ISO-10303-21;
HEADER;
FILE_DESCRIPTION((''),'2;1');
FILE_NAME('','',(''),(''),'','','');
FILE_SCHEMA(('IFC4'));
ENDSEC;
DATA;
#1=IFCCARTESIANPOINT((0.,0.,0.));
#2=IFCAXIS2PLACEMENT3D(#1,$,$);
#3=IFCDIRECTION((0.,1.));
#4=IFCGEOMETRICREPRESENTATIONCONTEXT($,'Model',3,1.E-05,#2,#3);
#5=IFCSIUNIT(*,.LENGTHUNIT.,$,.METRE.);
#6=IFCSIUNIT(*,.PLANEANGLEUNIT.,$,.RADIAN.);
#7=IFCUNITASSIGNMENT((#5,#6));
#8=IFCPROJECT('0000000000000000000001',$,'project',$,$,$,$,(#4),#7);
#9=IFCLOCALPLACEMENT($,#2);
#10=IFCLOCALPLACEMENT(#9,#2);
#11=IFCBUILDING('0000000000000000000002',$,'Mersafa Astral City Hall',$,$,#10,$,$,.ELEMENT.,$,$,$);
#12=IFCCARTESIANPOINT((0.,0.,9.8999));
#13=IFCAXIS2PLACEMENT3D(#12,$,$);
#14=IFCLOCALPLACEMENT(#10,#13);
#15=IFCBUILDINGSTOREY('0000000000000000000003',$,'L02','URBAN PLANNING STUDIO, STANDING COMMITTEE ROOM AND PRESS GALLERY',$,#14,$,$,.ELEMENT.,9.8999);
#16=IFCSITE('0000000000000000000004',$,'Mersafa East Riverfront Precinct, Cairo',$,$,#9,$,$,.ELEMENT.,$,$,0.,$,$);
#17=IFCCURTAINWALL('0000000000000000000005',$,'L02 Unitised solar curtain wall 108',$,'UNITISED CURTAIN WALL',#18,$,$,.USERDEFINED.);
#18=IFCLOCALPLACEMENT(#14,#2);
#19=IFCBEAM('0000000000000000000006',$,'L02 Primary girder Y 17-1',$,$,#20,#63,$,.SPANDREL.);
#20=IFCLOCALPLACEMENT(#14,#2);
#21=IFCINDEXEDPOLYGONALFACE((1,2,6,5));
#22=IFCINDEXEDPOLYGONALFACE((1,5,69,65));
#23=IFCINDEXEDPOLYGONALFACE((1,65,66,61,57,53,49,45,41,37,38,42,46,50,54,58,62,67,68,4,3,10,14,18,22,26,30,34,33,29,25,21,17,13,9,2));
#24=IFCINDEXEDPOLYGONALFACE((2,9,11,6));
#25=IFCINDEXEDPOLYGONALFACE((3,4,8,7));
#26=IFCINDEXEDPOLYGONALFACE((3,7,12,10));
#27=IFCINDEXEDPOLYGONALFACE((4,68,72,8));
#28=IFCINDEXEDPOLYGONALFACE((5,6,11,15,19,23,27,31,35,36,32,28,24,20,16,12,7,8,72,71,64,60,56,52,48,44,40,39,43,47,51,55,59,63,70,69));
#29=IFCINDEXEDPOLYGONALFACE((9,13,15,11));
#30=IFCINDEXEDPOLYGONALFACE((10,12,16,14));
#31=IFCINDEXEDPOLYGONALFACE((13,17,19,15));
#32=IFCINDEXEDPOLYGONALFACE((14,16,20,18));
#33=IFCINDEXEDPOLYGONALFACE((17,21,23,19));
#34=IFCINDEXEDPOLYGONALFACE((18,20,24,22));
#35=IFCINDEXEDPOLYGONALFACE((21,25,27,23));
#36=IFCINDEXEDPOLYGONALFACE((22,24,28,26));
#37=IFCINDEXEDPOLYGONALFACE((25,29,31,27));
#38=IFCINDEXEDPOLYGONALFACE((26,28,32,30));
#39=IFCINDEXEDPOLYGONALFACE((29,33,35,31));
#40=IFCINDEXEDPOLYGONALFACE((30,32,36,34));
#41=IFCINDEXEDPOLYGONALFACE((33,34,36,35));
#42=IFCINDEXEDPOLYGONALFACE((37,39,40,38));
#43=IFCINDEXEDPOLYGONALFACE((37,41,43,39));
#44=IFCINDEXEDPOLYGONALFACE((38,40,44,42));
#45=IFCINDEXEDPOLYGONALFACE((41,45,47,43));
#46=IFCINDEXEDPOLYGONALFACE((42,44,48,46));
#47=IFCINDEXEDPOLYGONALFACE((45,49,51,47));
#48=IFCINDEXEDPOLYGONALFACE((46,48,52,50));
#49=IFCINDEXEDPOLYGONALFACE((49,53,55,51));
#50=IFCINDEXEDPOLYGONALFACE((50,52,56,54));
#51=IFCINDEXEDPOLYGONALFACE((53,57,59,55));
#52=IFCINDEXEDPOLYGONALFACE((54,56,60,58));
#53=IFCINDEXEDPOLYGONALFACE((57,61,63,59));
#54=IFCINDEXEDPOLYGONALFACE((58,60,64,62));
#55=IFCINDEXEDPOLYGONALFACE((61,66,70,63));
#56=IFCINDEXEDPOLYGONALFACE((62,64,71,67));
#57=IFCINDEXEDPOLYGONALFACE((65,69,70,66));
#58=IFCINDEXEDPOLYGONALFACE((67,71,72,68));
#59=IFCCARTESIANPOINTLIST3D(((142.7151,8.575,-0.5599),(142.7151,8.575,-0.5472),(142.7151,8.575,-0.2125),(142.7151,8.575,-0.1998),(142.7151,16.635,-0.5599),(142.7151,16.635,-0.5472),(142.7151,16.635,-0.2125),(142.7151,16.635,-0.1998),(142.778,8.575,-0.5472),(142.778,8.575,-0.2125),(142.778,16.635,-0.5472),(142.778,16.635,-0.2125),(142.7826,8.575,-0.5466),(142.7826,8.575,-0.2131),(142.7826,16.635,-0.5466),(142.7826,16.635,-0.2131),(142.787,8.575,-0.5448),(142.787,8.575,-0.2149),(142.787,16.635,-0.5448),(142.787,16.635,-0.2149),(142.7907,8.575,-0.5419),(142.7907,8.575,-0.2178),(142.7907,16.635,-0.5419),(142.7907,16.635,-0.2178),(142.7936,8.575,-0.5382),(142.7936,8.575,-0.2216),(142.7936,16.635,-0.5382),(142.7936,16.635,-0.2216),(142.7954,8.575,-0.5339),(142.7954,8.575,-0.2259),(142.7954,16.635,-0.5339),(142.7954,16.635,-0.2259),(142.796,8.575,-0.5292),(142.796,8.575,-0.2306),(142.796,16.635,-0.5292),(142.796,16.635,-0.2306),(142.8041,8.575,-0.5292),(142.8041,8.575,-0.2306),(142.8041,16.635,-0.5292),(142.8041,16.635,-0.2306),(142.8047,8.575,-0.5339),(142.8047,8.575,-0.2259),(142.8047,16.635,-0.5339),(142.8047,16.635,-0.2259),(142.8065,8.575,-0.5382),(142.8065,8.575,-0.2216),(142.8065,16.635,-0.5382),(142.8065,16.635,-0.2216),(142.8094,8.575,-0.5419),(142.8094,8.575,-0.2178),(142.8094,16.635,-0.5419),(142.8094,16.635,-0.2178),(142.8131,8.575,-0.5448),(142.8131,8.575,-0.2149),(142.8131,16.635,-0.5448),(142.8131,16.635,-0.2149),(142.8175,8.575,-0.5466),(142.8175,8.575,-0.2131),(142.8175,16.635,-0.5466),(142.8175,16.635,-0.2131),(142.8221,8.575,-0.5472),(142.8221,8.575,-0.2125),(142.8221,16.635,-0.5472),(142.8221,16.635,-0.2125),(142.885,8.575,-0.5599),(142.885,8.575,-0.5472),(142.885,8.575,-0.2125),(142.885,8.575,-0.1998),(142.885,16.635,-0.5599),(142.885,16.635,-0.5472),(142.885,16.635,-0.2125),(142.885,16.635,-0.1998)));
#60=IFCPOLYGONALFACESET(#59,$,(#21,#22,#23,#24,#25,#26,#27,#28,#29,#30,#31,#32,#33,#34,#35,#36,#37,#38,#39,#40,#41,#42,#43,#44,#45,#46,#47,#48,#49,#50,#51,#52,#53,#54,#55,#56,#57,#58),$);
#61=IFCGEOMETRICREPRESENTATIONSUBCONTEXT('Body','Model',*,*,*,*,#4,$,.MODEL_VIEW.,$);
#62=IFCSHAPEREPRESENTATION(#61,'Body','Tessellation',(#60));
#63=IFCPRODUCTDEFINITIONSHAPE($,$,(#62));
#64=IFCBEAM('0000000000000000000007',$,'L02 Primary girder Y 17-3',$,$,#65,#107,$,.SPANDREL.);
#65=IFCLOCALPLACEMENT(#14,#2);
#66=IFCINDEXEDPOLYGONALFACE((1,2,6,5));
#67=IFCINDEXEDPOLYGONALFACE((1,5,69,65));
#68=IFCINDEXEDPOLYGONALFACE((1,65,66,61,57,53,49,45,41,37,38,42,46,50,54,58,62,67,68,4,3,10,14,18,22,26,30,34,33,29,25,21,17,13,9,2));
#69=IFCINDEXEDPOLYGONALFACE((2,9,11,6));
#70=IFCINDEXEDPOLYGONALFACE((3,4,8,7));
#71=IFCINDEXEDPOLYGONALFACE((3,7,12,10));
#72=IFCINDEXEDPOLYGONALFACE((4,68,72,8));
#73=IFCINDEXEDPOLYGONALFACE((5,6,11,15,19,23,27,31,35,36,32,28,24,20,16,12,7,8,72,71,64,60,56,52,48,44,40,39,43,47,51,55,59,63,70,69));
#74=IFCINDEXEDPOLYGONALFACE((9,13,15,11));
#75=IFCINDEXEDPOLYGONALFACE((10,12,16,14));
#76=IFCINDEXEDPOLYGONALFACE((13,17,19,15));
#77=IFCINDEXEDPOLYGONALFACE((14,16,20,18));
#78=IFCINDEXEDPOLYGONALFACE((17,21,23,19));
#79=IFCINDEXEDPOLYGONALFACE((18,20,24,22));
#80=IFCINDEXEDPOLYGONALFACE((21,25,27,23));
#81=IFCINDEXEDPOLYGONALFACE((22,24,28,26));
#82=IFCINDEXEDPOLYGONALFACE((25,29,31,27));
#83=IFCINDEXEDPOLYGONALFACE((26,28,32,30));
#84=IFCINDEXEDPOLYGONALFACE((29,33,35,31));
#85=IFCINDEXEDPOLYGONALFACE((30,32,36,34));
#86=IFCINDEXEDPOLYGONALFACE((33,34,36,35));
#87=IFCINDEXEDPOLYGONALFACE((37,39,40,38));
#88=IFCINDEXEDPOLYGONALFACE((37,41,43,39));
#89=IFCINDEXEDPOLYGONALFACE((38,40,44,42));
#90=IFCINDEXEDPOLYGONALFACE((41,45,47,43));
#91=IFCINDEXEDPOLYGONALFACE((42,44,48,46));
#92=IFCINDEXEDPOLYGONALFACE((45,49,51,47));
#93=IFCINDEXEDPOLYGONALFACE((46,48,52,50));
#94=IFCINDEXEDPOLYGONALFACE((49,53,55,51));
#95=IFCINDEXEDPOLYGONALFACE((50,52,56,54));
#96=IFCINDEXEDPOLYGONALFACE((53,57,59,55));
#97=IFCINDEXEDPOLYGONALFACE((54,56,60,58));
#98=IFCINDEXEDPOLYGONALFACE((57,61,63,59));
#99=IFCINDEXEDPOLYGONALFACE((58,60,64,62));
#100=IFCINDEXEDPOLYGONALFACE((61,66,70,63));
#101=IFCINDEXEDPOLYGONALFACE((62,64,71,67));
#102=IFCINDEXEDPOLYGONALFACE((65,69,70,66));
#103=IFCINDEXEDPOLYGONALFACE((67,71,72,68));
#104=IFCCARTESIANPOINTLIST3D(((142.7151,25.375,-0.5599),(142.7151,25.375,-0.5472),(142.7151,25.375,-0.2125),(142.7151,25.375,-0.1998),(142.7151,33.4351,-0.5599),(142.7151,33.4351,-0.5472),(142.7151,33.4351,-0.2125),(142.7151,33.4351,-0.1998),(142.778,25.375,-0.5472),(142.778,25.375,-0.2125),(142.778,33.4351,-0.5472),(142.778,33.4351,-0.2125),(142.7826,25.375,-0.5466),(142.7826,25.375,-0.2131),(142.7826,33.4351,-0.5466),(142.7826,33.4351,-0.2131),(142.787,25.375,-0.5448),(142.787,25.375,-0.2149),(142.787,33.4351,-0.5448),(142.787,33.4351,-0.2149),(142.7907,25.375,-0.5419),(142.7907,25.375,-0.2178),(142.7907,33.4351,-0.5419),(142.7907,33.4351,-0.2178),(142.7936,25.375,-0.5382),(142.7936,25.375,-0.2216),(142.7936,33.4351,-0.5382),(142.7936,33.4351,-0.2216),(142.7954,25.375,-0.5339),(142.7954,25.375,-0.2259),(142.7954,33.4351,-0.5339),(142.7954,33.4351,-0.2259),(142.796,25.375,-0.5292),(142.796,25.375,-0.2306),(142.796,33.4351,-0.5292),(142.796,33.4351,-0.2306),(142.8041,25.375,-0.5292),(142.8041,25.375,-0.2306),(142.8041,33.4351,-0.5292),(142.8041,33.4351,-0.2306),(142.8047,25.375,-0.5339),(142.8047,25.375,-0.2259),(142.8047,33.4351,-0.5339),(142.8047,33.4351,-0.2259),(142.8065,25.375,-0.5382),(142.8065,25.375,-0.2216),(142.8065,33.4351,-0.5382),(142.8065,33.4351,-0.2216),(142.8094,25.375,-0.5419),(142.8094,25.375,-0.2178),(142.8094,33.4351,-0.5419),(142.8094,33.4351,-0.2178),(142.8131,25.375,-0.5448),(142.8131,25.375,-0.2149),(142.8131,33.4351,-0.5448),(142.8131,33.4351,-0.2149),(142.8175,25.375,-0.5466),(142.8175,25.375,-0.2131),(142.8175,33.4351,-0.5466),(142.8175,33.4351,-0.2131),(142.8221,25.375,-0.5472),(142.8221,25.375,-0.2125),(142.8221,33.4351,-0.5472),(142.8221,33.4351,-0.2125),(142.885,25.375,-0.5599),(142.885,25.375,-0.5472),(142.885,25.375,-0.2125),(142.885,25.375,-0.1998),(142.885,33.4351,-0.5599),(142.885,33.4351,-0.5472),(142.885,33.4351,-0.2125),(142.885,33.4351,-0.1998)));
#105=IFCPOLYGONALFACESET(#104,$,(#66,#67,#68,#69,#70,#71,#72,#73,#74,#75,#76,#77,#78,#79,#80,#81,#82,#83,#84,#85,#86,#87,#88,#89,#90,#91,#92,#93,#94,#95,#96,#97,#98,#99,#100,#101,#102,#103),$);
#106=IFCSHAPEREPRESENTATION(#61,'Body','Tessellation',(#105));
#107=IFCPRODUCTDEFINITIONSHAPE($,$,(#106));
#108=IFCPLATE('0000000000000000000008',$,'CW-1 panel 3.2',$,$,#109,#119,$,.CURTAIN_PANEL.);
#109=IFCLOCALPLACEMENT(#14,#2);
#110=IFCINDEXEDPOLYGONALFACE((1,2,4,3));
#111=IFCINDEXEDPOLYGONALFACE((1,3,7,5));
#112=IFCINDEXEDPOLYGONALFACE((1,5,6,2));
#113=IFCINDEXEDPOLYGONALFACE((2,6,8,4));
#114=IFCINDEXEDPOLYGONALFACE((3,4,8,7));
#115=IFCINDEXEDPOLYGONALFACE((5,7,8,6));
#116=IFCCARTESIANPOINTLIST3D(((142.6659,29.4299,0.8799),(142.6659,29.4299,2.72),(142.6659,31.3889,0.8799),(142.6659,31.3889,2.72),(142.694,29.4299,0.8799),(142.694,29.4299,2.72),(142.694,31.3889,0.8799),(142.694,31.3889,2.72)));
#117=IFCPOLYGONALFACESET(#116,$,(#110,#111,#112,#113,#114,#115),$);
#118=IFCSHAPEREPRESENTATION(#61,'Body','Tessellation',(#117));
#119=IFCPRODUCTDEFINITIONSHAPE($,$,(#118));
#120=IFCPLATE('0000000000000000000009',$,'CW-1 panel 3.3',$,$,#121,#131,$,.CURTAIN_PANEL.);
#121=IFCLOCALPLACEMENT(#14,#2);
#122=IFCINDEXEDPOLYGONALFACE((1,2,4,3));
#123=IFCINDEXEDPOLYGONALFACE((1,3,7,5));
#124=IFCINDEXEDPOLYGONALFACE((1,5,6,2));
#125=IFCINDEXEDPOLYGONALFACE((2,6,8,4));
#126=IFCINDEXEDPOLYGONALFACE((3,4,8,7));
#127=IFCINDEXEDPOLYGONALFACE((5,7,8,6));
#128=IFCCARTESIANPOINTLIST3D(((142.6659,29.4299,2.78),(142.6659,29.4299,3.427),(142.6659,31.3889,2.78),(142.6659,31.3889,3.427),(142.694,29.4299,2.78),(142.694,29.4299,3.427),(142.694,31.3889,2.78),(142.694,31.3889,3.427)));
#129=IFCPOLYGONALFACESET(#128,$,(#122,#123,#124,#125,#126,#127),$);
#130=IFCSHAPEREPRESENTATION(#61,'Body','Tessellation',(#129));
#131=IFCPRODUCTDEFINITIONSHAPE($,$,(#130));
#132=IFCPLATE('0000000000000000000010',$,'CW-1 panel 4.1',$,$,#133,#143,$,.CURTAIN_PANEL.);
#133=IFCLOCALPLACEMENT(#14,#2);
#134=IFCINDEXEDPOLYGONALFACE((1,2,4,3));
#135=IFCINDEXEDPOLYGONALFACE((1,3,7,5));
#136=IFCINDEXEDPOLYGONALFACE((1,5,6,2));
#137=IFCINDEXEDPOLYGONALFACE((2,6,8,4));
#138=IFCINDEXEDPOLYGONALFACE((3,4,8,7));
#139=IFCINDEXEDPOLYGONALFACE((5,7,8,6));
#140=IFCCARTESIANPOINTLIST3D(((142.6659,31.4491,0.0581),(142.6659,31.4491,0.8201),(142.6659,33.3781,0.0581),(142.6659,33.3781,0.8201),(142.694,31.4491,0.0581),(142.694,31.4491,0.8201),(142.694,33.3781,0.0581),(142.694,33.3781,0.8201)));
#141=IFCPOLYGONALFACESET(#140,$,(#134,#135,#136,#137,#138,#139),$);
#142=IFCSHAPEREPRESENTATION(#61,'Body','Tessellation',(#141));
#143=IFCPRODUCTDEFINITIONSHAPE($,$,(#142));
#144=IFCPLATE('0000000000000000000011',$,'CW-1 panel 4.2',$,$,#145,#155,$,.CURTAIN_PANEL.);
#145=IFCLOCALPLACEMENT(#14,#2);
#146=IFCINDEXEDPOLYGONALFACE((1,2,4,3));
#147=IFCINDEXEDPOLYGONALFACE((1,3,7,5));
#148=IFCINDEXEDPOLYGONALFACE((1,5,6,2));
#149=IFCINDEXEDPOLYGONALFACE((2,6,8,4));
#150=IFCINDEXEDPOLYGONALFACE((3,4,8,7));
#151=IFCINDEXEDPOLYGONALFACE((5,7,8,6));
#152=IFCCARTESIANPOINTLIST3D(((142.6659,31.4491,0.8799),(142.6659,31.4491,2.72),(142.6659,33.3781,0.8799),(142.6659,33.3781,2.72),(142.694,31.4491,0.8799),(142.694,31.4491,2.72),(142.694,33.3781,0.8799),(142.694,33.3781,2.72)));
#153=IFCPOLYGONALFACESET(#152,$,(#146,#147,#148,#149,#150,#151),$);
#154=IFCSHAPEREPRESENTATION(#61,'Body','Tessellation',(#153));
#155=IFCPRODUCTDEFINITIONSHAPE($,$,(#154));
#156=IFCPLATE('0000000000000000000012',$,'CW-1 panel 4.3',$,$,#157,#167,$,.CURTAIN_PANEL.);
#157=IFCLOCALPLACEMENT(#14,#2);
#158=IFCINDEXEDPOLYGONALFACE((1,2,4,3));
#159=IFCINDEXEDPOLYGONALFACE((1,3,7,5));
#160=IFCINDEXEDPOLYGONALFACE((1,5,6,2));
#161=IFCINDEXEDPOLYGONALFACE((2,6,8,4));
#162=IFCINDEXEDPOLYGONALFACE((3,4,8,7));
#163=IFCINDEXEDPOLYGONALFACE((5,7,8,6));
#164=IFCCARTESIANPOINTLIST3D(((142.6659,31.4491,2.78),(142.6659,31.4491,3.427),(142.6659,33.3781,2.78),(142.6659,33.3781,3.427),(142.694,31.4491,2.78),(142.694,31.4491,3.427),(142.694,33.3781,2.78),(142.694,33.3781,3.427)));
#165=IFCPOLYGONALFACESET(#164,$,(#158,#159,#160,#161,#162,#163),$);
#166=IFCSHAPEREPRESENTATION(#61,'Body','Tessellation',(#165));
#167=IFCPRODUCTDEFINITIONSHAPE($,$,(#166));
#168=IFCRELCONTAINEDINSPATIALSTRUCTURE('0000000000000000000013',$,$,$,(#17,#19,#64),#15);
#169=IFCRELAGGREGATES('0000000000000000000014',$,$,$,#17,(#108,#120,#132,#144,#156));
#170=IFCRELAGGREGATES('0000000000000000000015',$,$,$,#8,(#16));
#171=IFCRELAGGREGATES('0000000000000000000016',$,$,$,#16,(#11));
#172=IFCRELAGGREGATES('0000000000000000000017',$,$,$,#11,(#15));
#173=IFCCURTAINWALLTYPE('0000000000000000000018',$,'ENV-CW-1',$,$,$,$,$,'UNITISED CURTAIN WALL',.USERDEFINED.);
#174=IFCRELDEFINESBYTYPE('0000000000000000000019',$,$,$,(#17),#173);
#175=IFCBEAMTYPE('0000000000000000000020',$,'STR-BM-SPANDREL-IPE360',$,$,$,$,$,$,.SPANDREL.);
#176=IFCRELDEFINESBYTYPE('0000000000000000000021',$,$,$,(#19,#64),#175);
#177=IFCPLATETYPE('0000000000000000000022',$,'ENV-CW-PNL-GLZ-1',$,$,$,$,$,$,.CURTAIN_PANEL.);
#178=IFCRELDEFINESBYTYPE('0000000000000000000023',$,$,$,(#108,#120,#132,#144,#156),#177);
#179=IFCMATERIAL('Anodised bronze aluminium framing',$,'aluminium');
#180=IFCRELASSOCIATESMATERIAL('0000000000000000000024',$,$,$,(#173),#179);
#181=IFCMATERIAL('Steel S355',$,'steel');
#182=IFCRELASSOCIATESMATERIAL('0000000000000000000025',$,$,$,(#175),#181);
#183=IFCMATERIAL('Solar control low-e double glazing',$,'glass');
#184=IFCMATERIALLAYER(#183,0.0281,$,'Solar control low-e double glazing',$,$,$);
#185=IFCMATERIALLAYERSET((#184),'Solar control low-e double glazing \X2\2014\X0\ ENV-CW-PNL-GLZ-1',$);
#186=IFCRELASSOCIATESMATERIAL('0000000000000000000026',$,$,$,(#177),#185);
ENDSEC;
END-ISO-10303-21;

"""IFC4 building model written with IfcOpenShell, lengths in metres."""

from ifc_helpers import new_model, si_unit, direction, frame, origin, origin_2d, place, context, subcontext, project, spatial, rectangle, i_section, extrude, material, layer, layer_set, material_profile, profile_set, type_object, element, aggregate, save


model = new_model("IFC4")

# Units and contexts
model_context = context("Model", 3, precision=1e-05, world=origin(), true_north=direction((0.0, 1.0)))
body_context = subcontext(model_context, "Body", "Model", "MODEL_VIEW")
ifc_project = project(units=[si_unit("LENGTHUNIT", "METRE"), si_unit("PLANEANGLEUNIT", "RADIAN")], contexts=[model_context])

# Site, building, storey
site_placement = place(None, origin())
site = spatial("IfcSite", under=ifc_project, at=site_placement, Name="Mersafa East Riverfront Precinct, Cairo", CompositionType="ELEMENT", RefElevation=0.0)
building_placement = place(site_placement, origin())
building = spatial("IfcBuilding", under=site, at=building_placement, Name="Mersafa Astral City Hall", CompositionType="ELEMENT")
storey_placement = place(building_placement, frame((0.0, 0.0, 9.8999)))
storey = spatial("IfcBuildingStorey", under=building, at=storey_placement, Name="L02", Description="URBAN PLANNING STUDIO, STANDING COMMITTEE ROOM AND PRESS GALLERY", CompositionType="ELEMENT", Elevation=9.8999)

# Shared definitions
ifc_material_1 = material(Name="Steel S355", Category="steel")

# Curtain wall
ifc_material_2 = material(Name="Anodised bronze aluminium framing", Category="aluminium")
curtain_wall_type = type_object("IfcCurtainWallType", Name="ENV-CW-1", ElementType="UNITISED CURTAIN WALL", PredefinedType="USERDEFINED", material=ifc_material_2)
curtain_wall_placement = place(storey_placement, origin())
curtain_wall = element("IfcCurtainWall", 1, at=curtain_wall_placement, inside=storey, type_object=curtain_wall_type, Name="L02 Unitised solar curtain wall 108", ObjectType="UNITISED CURTAIN WALL", PredefinedType="USERDEFINED")

# Beams
ifc_material_profile_1 = material_profile(ifc_material_1, i_section(OverallWidth=0.1699, OverallDepth=0.3601, WebThickness=0.0081, FlangeThickness=0.0127, FilletRadius=0.0181, at=origin_2d()), Name="IPE 360")
ifc_profile_set_1 = profile_set([ifc_material_profile_1], Name="Steel S355")
beam_type_1 = type_object("IfcBeamType", Name="STR-BM-SPANDREL-IPE360", PredefinedType="SPANDREL", material=ifc_profile_set_1)
for number, where, z_axis, x_axis, name in (
    (2, (142.8, 8.575, -0.3799), (0.0, 1.0, 0.0), (-1.0, 0.0, 0.0), "L02 Primary girder Y 17-1"),
    (3, (142.8, 25.375, -0.3799), (0.0, 1.0, 0.0), (-1.0, 0.0, 0.0), "L02 Primary girder Y 17-3"),
):
    element("IfcBeam", number, at=place(storey_placement, frame(where, z_axis=z_axis, x_axis=x_axis)), inside=storey, type_object=beam_type_1, Name=name, PredefinedType="SPANDREL", context=body_context, shape_type="SweptSolid", body=[
        extrude(i_section(OverallWidth=0.1699, OverallDepth=0.3601, WebThickness=0.0081, FlangeThickness=0.0127, FilletRadius=0.0181, at=origin_2d()), origin(), (0.0, 0.0, 1.0), 8.0601),
    ])

# Plates
ifc_material_3 = material(Name="Solar control low-e double glazing", Category="glass")
ifc_layer_1 = layer(ifc_material_3, 0.0281, Name="Solar control low-e double glazing")
ifc_layer_set_1 = layer_set([ifc_layer_1], Name="Solar control low-e double glazing — ENV-CW-PNL-GLZ-1")
plate_type = type_object("IfcPlateType", Name="ENV-CW-PNL-GLZ-1", PredefinedType="CURTAIN_PANEL", material=ifc_layer_set_1)
plate_1_placement = place(storey_placement, frame((142.6799, 30.4094, 0.8799), z_axis=(0.0, 0.0, 1.0), x_axis=(0.0, 1.0, 0.0)))
plate_1 = element("IfcPlate", 4, at=plate_1_placement, type_object=plate_type, Name="CW-1 panel 3.2", PredefinedType="CURTAIN_PANEL", context=body_context, shape_type="SweptSolid", body=[
    extrude(rectangle(XDim=1.959, YDim=0.0281, at=origin_2d()), origin(), (0.0, 0.0, 1.0), 1.8401),
])
plate_2_placement = place(storey_placement, frame((142.6799, 30.4094, 2.78), z_axis=(0.0, 0.0, 1.0), x_axis=(0.0, 1.0, 0.0)))
plate_2 = element("IfcPlate", 5, at=plate_2_placement, type_object=plate_type, Name="CW-1 panel 3.3", PredefinedType="CURTAIN_PANEL", context=body_context, shape_type="SweptSolid", body=[
    extrude(rectangle(XDim=1.959, YDim=0.0281, at=origin_2d()), origin(), (0.0, 0.0, 1.0), 0.647),
])
plate_3_placement = place(storey_placement, frame((142.6799, 32.4136, 0.0581), z_axis=(0.0, 0.0, 1.0), x_axis=(0.0, 1.0, 0.0)))
plate_3 = element("IfcPlate", 6, at=plate_3_placement, type_object=plate_type, Name="CW-1 panel 4.1", PredefinedType="CURTAIN_PANEL", context=body_context, shape_type="SweptSolid", body=[
    extrude(rectangle(XDim=1.929, YDim=0.0281, at=origin_2d()), origin(), (0.0, 0.0, 1.0), 0.762),
])
plate_4_placement = place(storey_placement, frame((142.6799, 32.4136, 0.8799), z_axis=(0.0, 0.0, 1.0), x_axis=(0.0, 1.0, 0.0)))
plate_4 = element("IfcPlate", 7, at=plate_4_placement, type_object=plate_type, Name="CW-1 panel 4.2", PredefinedType="CURTAIN_PANEL", context=body_context, shape_type="SweptSolid", body=[
    extrude(rectangle(XDim=1.929, YDim=0.0281, at=origin_2d()), origin(), (0.0, 0.0, 1.0), 1.8401),
])
plate_5_placement = place(storey_placement, frame((142.6799, 32.4136, 2.78), z_axis=(0.0, 0.0, 1.0), x_axis=(0.0, 1.0, 0.0)))
plate_5 = element("IfcPlate", 8, at=plate_5_placement, type_object=plate_type, Name="CW-1 panel 4.3", PredefinedType="CURTAIN_PANEL", context=body_context, shape_type="SweptSolid", body=[
    extrude(rectangle(XDim=1.929, YDim=0.0281, at=origin_2d()), origin(), (0.0, 0.0, 1.0), 0.647),
])
aggregate(curtain_wall, [plate_1, plate_2, plate_3, plate_4, plate_5])

save(model, "model.ifc")
